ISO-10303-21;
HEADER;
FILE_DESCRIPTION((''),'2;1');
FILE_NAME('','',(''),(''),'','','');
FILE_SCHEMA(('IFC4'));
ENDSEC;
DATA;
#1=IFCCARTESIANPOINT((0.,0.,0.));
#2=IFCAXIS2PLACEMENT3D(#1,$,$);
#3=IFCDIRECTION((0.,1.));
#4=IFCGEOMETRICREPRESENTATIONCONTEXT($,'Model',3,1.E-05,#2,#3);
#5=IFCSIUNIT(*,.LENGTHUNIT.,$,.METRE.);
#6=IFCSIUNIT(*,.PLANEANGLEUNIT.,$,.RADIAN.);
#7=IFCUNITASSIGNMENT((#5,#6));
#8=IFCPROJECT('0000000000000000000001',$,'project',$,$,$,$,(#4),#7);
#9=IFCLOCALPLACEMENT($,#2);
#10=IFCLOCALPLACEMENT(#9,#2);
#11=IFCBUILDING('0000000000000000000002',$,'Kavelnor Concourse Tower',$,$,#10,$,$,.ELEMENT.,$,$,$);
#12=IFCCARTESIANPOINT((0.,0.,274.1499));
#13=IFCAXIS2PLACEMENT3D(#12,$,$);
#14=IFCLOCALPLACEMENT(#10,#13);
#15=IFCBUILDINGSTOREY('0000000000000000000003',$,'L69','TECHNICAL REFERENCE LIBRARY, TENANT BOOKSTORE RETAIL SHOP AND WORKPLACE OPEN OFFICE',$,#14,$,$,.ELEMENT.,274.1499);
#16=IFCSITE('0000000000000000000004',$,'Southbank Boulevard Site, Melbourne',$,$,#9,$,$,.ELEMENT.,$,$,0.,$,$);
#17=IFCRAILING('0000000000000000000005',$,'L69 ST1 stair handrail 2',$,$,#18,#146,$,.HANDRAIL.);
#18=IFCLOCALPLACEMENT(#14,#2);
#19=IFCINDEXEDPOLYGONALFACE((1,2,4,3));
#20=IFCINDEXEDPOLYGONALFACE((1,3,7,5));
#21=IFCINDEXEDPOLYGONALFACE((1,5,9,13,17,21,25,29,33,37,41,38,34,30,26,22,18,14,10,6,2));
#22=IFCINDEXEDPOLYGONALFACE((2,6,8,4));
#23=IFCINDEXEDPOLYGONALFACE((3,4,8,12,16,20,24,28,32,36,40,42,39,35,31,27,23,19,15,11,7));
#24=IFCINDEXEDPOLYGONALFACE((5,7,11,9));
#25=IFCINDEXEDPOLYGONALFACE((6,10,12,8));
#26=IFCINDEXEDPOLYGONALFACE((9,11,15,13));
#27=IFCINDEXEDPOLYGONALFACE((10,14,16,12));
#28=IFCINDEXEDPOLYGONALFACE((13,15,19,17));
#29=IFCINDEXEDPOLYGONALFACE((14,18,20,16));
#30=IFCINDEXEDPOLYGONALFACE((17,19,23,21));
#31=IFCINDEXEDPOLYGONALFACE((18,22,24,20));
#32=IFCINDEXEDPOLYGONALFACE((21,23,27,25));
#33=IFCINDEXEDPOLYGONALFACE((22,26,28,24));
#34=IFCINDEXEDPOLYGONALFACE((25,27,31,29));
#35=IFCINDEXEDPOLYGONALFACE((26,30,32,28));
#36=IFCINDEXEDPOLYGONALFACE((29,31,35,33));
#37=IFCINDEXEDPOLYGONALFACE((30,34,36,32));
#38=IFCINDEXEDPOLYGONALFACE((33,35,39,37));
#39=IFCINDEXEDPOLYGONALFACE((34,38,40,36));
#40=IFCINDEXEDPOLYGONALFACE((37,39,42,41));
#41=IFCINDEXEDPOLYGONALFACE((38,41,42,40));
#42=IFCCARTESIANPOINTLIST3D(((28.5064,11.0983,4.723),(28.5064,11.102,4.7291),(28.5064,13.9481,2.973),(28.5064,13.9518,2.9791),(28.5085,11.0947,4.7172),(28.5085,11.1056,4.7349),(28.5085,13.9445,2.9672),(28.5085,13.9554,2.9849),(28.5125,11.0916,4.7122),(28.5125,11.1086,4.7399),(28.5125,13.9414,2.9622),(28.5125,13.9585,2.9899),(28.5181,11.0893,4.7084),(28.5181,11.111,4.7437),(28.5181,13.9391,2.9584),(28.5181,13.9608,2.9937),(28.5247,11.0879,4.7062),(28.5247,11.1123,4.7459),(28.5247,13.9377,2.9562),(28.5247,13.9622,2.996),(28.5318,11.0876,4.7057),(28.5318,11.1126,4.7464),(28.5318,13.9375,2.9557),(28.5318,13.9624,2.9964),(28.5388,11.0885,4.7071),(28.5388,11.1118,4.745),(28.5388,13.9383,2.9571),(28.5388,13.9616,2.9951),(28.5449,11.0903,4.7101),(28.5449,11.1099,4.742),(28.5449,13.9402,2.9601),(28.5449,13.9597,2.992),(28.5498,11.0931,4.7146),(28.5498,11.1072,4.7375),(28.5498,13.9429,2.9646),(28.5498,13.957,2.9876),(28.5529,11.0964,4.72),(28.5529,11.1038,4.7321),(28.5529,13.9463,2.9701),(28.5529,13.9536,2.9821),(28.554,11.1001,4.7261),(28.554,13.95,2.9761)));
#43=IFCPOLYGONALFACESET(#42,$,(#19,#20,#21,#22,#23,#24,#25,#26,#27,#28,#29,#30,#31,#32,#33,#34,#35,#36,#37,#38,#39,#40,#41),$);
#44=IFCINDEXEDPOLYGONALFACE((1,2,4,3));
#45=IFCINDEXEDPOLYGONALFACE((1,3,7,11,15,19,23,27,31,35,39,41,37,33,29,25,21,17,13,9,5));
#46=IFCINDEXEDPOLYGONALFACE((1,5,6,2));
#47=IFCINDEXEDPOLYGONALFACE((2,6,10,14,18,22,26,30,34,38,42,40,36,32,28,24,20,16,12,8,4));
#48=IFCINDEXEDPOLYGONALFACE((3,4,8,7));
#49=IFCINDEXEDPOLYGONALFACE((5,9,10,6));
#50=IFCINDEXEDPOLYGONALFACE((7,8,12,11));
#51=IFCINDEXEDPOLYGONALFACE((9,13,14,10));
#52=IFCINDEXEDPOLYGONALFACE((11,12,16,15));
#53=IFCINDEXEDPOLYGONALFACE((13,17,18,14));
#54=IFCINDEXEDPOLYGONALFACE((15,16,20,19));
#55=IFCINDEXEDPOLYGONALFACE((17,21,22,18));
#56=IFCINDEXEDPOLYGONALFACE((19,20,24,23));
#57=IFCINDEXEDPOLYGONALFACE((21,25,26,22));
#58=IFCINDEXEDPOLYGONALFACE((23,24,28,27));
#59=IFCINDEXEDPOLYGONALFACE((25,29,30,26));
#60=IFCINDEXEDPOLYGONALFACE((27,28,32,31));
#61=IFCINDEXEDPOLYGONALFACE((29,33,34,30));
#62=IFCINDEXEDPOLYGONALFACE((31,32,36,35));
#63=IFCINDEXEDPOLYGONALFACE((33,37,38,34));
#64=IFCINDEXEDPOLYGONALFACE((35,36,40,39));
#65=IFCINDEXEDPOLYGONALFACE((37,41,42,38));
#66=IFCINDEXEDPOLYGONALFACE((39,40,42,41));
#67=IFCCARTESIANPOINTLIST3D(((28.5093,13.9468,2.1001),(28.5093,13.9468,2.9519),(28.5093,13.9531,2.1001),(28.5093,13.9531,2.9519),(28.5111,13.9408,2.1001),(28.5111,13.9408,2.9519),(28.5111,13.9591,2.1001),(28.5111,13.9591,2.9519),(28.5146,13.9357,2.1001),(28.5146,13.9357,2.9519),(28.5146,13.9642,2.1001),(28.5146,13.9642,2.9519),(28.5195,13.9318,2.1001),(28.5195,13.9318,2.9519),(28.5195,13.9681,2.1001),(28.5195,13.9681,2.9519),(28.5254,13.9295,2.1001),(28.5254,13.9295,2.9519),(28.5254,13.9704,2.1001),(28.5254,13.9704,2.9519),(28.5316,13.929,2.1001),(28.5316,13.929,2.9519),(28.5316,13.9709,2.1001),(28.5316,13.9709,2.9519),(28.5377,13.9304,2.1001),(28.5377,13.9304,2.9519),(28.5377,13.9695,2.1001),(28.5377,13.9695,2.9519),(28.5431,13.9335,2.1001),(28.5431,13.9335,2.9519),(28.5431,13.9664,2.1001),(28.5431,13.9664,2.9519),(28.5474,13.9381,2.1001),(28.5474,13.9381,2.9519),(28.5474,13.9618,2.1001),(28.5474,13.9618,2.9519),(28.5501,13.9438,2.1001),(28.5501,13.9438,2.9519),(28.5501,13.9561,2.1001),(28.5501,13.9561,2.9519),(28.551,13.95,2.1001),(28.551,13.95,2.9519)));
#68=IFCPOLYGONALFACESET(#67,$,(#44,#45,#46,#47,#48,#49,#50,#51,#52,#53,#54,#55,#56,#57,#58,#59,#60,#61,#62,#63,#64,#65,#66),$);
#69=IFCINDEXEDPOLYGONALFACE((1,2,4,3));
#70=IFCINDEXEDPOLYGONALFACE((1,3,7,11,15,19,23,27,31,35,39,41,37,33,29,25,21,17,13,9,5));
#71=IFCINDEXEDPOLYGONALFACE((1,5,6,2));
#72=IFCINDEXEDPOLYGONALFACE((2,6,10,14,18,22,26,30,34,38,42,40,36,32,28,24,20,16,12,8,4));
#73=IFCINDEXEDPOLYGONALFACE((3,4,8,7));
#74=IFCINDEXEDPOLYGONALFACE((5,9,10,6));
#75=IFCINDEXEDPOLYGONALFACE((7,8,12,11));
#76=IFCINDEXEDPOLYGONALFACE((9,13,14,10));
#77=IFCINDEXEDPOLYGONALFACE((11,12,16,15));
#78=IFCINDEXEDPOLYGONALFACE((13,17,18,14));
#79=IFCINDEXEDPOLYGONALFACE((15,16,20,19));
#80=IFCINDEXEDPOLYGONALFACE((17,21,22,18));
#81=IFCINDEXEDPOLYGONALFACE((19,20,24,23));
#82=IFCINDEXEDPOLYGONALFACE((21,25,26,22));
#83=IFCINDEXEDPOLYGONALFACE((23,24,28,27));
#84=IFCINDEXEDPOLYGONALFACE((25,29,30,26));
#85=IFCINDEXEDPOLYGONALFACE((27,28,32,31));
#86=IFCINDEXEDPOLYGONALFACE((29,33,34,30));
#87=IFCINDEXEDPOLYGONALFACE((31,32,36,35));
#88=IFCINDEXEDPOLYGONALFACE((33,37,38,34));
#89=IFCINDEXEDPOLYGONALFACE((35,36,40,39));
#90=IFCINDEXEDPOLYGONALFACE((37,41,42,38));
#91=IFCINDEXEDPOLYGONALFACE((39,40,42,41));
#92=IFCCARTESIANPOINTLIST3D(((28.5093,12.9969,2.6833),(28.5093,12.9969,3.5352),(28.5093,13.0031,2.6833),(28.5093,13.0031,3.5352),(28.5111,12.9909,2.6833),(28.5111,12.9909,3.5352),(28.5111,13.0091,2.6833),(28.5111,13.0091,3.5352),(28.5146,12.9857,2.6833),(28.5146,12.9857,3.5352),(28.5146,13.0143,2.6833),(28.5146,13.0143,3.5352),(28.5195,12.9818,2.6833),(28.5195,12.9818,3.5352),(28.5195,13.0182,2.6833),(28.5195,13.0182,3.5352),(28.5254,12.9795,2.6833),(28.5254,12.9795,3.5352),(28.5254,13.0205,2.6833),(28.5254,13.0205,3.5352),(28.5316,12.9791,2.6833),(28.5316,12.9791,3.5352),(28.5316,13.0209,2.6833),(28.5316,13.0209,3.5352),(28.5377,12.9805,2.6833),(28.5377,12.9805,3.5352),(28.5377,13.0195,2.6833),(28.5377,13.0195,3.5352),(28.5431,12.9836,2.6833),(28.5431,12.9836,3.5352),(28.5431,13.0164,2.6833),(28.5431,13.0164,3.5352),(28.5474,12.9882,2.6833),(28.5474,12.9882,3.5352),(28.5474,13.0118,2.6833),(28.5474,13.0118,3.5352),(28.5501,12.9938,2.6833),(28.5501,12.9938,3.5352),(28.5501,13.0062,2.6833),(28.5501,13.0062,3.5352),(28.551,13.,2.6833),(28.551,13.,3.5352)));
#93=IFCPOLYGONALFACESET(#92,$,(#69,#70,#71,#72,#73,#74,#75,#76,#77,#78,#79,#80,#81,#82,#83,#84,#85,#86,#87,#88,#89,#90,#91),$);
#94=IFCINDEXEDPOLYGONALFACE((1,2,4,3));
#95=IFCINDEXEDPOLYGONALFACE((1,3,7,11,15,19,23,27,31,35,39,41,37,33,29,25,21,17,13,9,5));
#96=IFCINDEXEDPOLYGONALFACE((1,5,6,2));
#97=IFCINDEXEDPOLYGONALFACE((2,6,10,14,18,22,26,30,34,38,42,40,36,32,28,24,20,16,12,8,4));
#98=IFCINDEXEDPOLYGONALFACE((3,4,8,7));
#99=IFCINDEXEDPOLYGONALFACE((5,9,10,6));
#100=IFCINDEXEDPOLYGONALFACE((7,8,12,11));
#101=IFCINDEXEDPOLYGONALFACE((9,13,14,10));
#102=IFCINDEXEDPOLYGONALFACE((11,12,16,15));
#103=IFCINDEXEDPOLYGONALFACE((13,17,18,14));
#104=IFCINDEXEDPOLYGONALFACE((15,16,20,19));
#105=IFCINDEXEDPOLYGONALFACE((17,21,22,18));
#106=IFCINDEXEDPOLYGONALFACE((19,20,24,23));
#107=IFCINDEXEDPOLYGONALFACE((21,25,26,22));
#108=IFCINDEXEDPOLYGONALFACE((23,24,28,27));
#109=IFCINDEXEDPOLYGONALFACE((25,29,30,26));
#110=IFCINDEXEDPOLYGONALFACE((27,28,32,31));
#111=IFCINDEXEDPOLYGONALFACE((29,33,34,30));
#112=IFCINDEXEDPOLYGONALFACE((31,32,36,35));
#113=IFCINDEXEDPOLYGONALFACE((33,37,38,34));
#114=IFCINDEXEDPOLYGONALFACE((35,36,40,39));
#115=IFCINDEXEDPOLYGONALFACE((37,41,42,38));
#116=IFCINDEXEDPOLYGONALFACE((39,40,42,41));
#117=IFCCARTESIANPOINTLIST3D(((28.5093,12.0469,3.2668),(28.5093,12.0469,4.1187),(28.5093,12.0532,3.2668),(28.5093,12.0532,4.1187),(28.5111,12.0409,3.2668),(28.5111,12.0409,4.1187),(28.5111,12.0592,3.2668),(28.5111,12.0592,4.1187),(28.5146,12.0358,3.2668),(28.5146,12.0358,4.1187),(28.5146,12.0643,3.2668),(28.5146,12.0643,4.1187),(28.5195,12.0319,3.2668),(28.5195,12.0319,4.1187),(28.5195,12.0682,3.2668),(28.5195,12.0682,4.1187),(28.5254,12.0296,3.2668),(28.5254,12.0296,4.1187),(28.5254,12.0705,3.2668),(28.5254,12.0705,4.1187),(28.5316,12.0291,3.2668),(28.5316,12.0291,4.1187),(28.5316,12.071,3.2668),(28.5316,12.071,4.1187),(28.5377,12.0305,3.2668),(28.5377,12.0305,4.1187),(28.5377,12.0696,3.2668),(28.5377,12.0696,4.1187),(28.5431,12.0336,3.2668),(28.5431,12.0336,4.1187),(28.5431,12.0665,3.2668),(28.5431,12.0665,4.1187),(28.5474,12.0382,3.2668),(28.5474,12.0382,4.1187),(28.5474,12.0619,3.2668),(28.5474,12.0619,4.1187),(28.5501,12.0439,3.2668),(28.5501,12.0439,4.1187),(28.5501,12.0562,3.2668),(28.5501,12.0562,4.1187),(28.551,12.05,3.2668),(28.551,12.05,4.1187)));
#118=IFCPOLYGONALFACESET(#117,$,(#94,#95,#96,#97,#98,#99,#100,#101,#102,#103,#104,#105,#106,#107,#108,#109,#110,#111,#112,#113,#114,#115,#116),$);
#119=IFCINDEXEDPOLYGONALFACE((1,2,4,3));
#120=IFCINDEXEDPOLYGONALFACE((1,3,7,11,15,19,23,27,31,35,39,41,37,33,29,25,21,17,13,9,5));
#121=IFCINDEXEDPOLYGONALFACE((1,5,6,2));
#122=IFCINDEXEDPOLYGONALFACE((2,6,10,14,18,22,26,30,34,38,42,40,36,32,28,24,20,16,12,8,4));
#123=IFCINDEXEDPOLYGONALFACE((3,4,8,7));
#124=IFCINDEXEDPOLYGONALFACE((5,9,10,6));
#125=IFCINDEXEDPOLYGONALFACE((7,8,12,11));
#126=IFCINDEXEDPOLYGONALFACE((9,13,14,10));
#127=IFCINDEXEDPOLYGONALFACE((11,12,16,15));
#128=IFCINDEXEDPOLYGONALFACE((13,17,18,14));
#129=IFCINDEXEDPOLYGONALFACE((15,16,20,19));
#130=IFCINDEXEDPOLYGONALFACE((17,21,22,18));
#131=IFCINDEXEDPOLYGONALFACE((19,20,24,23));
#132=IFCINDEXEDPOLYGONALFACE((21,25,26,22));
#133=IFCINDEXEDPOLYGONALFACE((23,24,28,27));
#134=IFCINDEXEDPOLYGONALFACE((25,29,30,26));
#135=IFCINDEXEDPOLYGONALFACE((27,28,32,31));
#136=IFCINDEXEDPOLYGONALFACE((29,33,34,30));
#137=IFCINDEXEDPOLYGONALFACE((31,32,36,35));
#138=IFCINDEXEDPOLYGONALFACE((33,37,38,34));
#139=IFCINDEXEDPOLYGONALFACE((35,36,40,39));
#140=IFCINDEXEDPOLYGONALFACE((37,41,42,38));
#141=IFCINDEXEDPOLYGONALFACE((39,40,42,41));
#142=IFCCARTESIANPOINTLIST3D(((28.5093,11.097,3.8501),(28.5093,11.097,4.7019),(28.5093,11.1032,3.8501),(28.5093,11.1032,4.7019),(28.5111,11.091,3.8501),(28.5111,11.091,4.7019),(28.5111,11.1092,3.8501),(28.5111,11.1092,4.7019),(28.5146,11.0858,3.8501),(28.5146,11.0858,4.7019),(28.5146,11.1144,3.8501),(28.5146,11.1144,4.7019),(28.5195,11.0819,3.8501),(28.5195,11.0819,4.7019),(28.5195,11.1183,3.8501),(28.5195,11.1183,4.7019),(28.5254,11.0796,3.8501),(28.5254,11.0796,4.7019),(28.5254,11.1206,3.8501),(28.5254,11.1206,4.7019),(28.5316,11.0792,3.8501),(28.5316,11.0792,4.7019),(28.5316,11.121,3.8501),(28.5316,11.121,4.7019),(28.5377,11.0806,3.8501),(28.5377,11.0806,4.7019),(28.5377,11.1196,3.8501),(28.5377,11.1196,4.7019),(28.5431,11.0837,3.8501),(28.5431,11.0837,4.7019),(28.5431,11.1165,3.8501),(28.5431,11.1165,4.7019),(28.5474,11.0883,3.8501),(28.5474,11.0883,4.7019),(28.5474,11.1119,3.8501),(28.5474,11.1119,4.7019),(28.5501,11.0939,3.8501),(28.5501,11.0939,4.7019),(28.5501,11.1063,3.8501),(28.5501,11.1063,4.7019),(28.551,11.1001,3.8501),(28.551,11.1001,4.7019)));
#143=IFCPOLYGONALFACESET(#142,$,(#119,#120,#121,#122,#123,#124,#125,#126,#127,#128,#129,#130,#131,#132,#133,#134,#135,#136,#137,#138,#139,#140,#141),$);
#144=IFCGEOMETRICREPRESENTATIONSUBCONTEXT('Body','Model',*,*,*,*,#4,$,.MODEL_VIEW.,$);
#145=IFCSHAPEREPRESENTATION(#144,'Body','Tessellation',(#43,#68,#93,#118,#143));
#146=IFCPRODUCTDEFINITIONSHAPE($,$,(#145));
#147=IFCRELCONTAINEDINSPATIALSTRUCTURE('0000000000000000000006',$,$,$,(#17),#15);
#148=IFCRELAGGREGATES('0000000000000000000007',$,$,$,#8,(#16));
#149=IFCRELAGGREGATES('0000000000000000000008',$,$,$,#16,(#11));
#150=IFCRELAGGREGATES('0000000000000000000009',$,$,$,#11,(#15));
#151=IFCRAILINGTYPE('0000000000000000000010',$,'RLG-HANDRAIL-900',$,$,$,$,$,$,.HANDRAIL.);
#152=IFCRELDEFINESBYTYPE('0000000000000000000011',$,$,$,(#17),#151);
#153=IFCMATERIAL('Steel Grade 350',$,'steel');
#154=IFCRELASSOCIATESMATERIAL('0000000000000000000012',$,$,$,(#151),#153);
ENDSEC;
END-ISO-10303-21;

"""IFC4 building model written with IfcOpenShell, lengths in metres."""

from ifc_helpers import new_model, si_unit, direction, frame, origin, origin_2d, place, context, subcontext, project, spatial, circle, extrude, material, type_object, element, save


model = new_model("IFC4")

# Units and contexts
model_context = context("Model", 3, precision=1e-05, world=origin(), true_north=direction((0.0, 1.0)))
body_context = subcontext(model_context, "Body", "Model", "MODEL_VIEW")
ifc_project = project(units=[si_unit("LENGTHUNIT", "METRE"), si_unit("PLANEANGLEUNIT", "RADIAN")], contexts=[model_context])

# Site, building, storey
site_placement = place(None, origin())
site = spatial("IfcSite", under=ifc_project, at=site_placement, Name="Southbank Boulevard Site, Melbourne", CompositionType="ELEMENT", RefElevation=0.0)
building_placement = place(site_placement, origin())
building = spatial("IfcBuilding", under=site, at=building_placement, Name="Kavelnor Concourse Tower", CompositionType="ELEMENT")
storey_placement = place(building_placement, frame((0.0, 0.0, 274.1499)))
storey = spatial("IfcBuildingStorey", under=building, at=storey_placement, Name="L69", Description="TECHNICAL REFERENCE LIBRARY, TENANT BOOKSTORE RETAIL SHOP AND WORKPLACE OPEN OFFICE", CompositionType="ELEMENT", Elevation=274.1499)

# Shared definitions
ifc_material_1 = material(Name="Steel Grade 350", Category="steel")

# Railing
railing_type_1 = type_object("IfcRailingType", Name="RLG-HANDRAIL-900", PredefinedType="HANDRAIL", material=ifc_material_1)
railing_1_placement = place(storey_placement, frame((28.53, 13.95, 2.1001)))
element("IfcRailing", 1, at=railing_1_placement, inside=storey, type_object=railing_type_1, Name="L69 ST1 stair handrail 2", PredefinedType="HANDRAIL", context=body_context, shape_type="SweptSolid", body=[
    extrude(circle(Radius=0.0239, at=origin_2d()), frame((0.0, 0.0, 0.876), z_axis=(0.0, -0.852159, 0.523283), x_axis=(1.0, 0.0, 0.0)), (0.0, 0.0, 1.0), 3.3442),
    extrude(circle(Radius=0.021, at=origin_2d()), origin(), (0.0, 0.0, 1.0), 0.8518),
    extrude(circle(Radius=0.021, at=origin_2d()), frame((0.0, -0.95, 0.5833)), (0.0, 0.0, 1.0), 0.8518),
    extrude(circle(Radius=0.021, at=origin_2d()), frame((0.0, -1.8999, 1.1667)), (0.0, 0.0, 1.0), 0.8518),
    extrude(circle(Radius=0.021, at=origin_2d()), frame((0.0, -2.8499, 1.75)), (0.0, 0.0, 1.0), 0.8518),
])

save(model, "model.ifc")
